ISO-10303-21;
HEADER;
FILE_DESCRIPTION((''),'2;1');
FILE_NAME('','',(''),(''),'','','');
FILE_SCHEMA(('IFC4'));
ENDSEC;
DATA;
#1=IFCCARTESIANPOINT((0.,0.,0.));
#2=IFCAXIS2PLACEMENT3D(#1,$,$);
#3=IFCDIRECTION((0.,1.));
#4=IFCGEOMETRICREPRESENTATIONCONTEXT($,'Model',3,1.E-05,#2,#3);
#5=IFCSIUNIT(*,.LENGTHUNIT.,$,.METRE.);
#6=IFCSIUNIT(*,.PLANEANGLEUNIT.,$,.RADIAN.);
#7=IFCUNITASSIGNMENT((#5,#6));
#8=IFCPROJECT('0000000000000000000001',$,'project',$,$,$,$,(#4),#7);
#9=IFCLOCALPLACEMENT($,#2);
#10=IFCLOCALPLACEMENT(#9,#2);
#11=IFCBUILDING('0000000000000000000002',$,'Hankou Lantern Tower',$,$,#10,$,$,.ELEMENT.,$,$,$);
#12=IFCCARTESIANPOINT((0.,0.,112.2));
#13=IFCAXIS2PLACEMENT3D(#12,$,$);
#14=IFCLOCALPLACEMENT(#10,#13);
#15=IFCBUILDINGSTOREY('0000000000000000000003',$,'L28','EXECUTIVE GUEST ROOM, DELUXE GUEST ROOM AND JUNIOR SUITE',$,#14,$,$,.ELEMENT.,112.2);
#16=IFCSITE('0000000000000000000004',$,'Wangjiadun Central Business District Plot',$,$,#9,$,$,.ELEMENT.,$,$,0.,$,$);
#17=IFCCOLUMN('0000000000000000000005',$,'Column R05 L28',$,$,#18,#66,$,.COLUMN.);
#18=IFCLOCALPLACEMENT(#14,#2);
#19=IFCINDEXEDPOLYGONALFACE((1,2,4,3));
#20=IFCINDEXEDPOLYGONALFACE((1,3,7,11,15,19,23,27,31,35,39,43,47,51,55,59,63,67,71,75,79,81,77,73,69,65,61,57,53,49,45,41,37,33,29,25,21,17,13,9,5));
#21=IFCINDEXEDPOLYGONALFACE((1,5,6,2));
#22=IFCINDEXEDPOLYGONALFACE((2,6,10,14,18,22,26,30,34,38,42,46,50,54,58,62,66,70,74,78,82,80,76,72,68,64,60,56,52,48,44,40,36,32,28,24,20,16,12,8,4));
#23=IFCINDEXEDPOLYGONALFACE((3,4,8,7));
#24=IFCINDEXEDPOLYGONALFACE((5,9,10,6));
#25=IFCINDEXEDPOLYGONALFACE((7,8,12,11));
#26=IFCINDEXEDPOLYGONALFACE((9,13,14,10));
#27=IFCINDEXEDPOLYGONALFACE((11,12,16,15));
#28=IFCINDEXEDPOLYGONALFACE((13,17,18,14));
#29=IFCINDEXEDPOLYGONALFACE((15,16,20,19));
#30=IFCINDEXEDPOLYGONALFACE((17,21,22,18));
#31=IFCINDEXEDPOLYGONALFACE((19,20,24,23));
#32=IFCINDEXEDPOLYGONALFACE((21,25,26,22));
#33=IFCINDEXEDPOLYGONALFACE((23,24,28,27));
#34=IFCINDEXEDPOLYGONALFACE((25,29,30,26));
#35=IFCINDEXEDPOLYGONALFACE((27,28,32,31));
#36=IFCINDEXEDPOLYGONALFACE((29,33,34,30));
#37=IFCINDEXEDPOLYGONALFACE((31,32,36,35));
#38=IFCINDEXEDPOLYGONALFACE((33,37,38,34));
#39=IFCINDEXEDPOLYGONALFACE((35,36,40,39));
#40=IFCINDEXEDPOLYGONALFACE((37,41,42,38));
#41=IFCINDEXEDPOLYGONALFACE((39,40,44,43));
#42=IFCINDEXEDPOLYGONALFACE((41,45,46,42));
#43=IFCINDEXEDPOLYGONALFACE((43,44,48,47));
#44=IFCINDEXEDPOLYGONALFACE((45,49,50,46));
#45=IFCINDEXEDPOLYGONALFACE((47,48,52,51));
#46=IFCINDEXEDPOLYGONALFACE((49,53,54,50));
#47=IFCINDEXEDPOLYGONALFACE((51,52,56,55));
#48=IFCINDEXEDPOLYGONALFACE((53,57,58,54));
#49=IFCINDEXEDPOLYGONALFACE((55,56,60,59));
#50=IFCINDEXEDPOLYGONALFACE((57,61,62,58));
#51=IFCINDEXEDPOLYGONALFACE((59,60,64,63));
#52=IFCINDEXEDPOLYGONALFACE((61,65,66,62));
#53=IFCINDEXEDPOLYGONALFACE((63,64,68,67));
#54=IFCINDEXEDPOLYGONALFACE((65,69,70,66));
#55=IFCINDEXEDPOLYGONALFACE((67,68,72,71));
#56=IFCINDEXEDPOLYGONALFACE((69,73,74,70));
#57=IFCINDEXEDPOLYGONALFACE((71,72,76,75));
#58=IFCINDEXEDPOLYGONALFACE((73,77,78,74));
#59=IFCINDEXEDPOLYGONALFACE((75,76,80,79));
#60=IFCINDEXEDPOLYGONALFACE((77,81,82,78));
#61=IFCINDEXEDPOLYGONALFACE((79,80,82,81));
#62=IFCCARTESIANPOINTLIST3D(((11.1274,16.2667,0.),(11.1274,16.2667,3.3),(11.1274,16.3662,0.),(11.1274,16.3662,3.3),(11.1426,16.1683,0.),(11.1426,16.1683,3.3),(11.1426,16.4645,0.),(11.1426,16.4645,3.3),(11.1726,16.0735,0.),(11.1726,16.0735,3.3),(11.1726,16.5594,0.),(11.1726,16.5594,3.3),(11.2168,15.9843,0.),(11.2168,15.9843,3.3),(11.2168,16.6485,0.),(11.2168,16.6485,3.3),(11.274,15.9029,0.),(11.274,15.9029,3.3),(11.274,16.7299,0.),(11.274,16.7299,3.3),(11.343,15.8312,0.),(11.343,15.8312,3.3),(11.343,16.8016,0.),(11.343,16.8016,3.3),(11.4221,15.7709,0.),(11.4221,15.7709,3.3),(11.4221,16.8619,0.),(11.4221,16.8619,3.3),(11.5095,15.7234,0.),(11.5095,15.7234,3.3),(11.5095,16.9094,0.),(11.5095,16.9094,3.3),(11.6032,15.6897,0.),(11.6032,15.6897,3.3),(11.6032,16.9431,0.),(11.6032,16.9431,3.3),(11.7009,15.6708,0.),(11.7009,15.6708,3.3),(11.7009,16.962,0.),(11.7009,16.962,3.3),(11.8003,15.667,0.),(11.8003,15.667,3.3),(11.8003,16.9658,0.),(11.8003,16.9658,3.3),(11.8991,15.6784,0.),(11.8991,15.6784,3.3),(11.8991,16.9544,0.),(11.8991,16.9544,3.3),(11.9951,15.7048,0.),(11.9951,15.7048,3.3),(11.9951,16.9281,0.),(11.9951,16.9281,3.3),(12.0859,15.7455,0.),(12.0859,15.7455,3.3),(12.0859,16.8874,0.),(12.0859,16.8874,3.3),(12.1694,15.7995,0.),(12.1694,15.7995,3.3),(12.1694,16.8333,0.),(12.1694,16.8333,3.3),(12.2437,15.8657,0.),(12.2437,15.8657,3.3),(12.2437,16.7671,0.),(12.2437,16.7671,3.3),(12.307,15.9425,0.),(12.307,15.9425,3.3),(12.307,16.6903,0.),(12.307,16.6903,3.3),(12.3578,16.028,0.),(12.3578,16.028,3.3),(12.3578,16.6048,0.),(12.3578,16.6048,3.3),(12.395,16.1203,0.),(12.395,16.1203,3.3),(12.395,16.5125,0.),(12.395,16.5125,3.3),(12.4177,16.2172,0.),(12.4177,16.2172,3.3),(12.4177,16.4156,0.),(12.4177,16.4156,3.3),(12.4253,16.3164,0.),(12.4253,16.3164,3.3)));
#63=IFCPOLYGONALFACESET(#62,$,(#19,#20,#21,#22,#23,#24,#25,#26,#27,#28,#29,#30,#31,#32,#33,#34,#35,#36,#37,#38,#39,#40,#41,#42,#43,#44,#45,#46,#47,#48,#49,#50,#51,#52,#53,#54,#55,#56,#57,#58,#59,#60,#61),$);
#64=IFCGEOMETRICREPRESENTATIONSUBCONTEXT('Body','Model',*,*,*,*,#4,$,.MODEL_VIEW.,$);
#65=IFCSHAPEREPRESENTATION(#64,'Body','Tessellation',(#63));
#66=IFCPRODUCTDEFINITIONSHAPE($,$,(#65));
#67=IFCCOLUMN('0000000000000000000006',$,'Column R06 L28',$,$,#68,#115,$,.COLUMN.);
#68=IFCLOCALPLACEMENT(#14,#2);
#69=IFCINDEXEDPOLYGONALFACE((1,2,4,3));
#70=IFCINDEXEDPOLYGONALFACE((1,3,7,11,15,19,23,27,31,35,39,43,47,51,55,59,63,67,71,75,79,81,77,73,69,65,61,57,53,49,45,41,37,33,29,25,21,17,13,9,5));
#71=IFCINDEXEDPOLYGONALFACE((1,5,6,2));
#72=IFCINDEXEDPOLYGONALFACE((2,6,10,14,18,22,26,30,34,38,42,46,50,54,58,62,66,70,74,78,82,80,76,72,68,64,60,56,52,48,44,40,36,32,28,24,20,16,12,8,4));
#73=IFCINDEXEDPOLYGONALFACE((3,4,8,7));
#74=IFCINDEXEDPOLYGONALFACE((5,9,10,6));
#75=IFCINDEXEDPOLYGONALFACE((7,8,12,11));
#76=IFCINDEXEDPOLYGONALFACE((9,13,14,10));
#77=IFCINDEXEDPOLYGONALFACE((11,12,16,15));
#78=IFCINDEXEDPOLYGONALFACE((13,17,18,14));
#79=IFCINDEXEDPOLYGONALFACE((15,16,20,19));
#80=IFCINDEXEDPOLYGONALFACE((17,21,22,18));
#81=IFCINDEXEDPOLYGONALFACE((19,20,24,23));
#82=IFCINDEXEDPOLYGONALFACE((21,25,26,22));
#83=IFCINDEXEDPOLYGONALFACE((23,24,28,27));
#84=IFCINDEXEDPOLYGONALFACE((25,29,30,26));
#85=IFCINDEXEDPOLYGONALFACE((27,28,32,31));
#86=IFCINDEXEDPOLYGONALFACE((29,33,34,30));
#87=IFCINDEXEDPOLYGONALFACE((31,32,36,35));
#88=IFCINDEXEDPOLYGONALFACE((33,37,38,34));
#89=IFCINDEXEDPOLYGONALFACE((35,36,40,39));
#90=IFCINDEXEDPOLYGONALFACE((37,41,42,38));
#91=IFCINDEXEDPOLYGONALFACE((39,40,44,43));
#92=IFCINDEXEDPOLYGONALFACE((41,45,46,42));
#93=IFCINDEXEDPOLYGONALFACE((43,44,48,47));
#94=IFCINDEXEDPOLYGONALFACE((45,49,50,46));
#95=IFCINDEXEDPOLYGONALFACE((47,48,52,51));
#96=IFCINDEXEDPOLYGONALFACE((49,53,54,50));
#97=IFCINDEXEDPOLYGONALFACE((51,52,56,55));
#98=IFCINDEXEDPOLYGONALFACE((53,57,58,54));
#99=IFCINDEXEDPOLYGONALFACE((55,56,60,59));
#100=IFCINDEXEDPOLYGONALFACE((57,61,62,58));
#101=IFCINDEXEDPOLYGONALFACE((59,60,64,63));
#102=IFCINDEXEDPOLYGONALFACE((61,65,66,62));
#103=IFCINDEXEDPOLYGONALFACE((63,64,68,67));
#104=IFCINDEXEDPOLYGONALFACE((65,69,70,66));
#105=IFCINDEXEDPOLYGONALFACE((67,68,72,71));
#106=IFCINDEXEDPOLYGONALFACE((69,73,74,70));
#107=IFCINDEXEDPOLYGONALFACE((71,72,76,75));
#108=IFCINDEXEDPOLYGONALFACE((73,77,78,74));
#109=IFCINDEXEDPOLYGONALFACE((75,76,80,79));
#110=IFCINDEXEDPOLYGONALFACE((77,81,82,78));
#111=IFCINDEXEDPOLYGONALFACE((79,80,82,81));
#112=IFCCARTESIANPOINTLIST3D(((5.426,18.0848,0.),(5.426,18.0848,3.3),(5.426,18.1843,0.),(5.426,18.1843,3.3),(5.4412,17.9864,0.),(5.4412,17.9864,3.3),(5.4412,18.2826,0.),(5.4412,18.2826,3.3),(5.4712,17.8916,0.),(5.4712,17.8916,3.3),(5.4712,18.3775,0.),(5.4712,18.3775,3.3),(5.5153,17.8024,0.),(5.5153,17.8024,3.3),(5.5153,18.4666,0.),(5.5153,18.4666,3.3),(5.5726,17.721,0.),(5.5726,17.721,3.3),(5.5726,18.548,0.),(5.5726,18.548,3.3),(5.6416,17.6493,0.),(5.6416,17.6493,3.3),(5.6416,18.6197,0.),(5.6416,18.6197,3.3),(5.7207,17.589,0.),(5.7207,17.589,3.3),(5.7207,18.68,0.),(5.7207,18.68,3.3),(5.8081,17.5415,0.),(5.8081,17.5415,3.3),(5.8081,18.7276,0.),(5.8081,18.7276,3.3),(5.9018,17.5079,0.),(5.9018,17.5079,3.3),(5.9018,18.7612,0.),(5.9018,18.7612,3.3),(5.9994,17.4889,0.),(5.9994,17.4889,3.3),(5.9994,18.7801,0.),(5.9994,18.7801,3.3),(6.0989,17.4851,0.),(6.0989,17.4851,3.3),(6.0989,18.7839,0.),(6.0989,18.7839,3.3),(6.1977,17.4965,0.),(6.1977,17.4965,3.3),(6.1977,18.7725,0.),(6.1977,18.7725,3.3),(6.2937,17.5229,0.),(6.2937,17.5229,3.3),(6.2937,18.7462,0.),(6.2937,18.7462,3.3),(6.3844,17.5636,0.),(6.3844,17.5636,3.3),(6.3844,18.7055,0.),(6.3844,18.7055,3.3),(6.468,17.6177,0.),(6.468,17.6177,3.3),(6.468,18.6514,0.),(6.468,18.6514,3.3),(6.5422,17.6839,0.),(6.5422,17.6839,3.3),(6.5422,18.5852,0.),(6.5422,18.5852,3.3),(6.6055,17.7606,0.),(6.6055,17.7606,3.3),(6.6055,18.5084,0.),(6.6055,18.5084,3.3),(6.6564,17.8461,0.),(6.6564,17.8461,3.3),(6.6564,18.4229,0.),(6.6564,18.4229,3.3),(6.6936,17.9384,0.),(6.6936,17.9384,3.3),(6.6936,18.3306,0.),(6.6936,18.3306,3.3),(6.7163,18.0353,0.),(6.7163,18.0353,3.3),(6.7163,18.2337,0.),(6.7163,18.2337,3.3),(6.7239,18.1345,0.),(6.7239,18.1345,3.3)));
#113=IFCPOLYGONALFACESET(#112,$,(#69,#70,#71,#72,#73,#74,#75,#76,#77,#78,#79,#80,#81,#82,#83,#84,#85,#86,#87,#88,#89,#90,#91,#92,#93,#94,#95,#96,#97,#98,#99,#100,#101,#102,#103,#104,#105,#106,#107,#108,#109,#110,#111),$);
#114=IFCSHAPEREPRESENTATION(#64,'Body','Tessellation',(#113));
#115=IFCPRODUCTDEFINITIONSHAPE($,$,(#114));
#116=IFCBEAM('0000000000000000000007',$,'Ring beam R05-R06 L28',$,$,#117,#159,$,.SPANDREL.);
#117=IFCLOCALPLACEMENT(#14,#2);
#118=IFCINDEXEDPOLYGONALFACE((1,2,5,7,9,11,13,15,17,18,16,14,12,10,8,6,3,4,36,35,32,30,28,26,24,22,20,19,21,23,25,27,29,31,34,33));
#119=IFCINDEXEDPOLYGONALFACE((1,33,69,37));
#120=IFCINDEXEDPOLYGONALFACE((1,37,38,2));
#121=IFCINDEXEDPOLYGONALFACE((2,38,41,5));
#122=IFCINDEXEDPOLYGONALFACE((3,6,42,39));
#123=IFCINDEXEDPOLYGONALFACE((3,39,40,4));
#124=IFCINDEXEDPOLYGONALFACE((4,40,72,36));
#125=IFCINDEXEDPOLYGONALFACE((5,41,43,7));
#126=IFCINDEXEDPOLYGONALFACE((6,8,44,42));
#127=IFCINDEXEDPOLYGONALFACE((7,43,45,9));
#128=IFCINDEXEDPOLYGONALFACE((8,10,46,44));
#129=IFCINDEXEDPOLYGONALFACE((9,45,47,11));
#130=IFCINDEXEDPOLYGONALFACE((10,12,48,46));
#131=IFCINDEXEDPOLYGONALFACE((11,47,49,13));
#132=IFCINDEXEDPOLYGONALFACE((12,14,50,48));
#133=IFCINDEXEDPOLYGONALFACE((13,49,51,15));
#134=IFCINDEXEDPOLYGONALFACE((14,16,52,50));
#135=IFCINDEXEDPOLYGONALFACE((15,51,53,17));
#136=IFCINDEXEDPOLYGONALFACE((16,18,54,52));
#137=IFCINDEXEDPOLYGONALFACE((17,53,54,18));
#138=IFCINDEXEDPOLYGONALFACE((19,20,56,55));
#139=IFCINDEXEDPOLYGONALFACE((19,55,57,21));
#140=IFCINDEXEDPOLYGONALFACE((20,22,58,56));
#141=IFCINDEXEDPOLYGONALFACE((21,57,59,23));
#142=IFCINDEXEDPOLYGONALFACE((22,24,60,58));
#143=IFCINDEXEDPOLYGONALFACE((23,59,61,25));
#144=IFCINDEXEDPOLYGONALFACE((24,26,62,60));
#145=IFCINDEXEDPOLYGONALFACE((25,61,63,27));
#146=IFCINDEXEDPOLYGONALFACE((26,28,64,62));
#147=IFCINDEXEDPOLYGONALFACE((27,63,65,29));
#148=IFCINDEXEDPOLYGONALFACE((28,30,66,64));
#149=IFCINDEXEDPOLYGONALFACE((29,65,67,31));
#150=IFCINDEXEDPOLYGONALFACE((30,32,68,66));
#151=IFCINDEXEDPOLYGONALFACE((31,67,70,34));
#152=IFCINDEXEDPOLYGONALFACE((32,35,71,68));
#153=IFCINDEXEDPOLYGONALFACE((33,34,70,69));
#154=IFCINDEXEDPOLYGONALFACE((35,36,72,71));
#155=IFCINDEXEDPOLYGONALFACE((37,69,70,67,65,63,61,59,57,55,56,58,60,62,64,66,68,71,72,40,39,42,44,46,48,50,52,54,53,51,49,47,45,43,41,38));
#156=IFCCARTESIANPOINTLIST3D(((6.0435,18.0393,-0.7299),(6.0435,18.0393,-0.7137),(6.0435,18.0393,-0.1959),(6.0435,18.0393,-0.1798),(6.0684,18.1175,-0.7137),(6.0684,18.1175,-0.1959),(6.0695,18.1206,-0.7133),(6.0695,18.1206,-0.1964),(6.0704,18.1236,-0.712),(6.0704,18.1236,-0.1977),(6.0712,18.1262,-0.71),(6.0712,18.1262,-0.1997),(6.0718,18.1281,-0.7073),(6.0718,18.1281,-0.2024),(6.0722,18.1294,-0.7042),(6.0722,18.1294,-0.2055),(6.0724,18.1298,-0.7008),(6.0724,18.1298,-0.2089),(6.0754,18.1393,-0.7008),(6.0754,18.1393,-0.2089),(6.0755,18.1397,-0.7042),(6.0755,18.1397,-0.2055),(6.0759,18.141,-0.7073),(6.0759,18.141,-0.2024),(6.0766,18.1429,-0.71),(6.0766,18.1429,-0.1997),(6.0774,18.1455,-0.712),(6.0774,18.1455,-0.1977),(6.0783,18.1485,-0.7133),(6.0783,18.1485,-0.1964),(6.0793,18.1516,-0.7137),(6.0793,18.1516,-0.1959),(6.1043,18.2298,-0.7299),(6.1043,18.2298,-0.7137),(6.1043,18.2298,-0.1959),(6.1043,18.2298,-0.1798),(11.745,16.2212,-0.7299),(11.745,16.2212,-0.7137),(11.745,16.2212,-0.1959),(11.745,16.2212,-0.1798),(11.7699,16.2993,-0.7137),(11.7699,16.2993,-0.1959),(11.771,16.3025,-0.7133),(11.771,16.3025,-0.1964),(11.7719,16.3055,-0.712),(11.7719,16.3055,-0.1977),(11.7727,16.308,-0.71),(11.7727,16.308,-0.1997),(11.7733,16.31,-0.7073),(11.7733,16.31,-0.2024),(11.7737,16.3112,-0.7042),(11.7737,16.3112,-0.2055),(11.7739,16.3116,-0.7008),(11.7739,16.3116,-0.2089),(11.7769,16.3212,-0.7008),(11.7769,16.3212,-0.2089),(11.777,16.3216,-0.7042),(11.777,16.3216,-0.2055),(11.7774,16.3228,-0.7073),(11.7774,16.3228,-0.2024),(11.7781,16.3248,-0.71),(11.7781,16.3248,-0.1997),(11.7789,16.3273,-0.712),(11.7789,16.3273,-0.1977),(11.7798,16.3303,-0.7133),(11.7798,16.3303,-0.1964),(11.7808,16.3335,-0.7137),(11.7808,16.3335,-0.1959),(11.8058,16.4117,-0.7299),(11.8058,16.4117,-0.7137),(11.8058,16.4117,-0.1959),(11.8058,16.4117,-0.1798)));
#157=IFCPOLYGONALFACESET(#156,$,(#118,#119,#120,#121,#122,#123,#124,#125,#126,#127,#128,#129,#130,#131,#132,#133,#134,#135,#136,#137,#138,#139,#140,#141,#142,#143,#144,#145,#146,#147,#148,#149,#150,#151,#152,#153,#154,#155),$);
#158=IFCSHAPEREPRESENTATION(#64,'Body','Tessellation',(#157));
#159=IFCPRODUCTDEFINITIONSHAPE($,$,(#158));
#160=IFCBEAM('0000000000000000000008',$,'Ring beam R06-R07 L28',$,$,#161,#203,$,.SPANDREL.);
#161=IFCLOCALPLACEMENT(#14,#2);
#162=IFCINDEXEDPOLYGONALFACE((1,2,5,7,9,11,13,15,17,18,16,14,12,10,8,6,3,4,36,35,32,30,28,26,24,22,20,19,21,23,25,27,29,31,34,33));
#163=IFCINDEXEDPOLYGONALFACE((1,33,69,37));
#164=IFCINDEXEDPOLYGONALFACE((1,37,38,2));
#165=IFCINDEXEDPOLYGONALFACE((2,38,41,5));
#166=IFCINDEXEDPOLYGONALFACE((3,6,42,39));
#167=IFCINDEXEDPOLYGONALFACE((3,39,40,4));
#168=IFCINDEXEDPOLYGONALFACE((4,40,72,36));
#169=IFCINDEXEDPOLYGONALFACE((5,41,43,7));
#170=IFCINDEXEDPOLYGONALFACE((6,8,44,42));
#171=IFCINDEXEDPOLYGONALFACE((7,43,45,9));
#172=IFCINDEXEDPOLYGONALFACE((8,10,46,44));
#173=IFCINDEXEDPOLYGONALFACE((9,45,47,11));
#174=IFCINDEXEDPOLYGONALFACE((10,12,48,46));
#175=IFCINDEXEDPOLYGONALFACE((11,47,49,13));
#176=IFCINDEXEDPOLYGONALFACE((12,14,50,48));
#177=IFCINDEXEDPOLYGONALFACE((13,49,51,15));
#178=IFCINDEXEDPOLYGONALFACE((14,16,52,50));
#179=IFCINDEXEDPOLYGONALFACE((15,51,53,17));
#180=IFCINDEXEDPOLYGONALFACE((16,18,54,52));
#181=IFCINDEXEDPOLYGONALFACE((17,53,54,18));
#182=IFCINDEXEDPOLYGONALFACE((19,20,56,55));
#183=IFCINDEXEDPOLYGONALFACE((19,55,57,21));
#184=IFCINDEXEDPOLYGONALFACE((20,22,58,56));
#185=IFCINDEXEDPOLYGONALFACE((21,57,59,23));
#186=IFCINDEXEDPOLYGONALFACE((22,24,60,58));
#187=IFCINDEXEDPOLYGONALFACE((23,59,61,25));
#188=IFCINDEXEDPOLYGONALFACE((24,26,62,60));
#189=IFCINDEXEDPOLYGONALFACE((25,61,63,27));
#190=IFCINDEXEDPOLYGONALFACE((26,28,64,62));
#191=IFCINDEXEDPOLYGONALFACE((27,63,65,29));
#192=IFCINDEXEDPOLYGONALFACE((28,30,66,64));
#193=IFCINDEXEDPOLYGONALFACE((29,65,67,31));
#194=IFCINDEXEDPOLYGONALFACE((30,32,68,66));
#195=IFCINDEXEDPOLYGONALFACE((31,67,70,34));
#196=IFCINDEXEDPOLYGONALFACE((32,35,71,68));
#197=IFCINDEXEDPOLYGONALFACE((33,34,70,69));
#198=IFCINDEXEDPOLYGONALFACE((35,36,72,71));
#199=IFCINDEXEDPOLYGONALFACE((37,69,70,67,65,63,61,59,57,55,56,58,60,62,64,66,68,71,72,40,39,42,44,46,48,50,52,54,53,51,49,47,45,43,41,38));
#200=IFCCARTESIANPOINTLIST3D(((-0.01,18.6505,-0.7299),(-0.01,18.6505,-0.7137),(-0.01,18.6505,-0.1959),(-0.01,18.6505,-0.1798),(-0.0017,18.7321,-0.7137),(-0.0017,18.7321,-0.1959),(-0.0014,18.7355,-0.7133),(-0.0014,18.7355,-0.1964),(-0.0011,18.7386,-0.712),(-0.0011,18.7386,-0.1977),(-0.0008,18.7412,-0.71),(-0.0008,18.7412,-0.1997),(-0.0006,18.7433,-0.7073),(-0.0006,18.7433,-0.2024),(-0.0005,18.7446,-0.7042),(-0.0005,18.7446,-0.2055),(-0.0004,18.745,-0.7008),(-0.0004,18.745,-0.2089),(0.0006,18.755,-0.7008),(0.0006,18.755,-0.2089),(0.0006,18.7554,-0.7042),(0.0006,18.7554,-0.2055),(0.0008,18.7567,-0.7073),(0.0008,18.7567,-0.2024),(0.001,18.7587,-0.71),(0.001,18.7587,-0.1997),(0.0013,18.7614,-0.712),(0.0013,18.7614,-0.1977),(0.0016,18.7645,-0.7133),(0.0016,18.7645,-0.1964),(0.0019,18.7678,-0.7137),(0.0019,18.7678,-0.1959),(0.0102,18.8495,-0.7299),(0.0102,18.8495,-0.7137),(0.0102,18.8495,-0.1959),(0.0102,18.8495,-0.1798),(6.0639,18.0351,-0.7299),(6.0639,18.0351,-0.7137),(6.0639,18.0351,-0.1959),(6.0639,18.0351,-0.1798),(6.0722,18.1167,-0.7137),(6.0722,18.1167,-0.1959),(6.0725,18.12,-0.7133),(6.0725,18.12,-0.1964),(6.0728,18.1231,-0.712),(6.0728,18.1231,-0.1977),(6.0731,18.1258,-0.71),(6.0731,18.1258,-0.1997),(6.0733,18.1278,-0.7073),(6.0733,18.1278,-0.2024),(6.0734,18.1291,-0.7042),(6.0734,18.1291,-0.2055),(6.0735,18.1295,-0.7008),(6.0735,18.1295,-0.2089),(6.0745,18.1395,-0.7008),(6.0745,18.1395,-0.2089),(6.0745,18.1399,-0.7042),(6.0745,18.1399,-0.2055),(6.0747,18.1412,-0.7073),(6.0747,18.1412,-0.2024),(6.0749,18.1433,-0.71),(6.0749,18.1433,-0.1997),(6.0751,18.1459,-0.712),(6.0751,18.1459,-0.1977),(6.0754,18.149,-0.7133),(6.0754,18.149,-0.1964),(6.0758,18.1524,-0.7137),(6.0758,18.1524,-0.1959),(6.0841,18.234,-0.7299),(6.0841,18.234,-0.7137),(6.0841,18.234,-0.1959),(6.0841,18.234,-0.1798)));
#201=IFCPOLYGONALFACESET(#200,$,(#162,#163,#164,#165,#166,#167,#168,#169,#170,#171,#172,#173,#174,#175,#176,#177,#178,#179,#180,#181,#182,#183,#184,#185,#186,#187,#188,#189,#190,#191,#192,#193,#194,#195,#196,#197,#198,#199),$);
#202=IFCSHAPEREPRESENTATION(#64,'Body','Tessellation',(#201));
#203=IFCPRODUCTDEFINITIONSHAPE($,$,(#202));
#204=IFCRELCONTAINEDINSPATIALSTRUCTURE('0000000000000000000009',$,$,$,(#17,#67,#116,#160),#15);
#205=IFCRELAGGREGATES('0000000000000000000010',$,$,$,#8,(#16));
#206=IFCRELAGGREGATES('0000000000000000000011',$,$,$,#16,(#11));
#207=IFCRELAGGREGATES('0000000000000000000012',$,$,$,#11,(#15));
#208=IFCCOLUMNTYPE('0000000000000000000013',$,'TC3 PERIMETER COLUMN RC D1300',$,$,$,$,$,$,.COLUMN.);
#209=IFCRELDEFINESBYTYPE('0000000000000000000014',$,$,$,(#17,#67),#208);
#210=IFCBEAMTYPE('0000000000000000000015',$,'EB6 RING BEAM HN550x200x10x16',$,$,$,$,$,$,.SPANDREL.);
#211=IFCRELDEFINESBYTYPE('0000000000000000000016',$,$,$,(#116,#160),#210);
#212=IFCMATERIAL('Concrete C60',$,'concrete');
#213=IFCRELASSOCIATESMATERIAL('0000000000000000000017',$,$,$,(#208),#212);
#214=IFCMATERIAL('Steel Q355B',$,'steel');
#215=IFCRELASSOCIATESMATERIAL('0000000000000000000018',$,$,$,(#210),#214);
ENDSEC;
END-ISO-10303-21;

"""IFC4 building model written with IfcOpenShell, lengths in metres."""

from ifc_helpers import new_model, si_unit, direction, frame, origin, origin_2d, place, context, subcontext, project, spatial, circle, i_section, extrude, material, material_profile, profile_set, type_object, element, save


model = new_model("IFC4")

# Units and contexts
model_context = context("Model", 3, precision=1e-05, world=origin(), true_north=direction((0.0, 1.0)))
body_context = subcontext(model_context, "Body", "Model", "MODEL_VIEW")
ifc_project = project(units=[si_unit("LENGTHUNIT", "METRE"), si_unit("PLANEANGLEUNIT", "RADIAN")], contexts=[model_context])

# Site, building, storey
site_placement = place(None, origin())
site = spatial("IfcSite", under=ifc_project, at=site_placement, Name="Wangjiadun Central Business District Plot", CompositionType="ELEMENT", RefElevation=0.0)
building_placement = place(site_placement, origin())
building = spatial("IfcBuilding", under=site, at=building_placement, Name="Hankou Lantern Tower", CompositionType="ELEMENT")
storey_placement = place(building_placement, frame((0.0, 0.0, 112.2)))
storey = spatial("IfcBuildingStorey", under=building, at=storey_placement, Name="L28", Description="EXECUTIVE GUEST ROOM, DELUXE GUEST ROOM AND JUNIOR SUITE", CompositionType="ELEMENT", Elevation=112.2)

# Columns
ifc_material_1 = material(Name="Concrete C60", Category="concrete")
ifc_material_profile_1 = material_profile(ifc_material_1, circle(Radius=0.6499, at=origin_2d()), Name="RC D1300")
ifc_profile_set_1 = profile_set([ifc_material_profile_1], Name="Concrete C60")
column_type = type_object("IfcColumnType", Name="TC3 PERIMETER COLUMN RC D1300", PredefinedType="COLUMN", material=ifc_profile_set_1)
for number, where, z_axis, x_axis, name in (
    (1, (11.7754, 16.3164, 0.0), (0.0, 0.0, 1.0), (1.0, 0.0, 0.0), "Column R05 L28"),
    (2, (6.074, 18.1345, 0.0), (0.0, 0.0, 1.0), (1.0, 0.0, 0.0), "Column R06 L28"),
):
    element("IfcColumn", number, at=place(storey_placement, frame(where, z_axis=z_axis, x_axis=x_axis)), inside=storey, type_object=column_type, Name=name, PredefinedType="COLUMN", context=body_context, shape_type="SweptSolid", body=[
        extrude(circle(Radius=0.6499, at=origin_2d()), origin(), (0.0, 0.0, 1.0), 3.3),
    ])

# Beams
ifc_material_2 = material(Name="Steel Q355B", Category="steel")
ifc_material_profile_2 = material_profile(ifc_material_2, i_section(OverallWidth=0.2, OverallDepth=0.55, WebThickness=0.01, FlangeThickness=0.0161, FilletRadius=0.0129, at=origin_2d()), Name="HN550x200x10x16")
ifc_profile_set_2 = profile_set([ifc_material_profile_2], Name="Steel Q355B")
beam_type_1 = type_object("IfcBeamType", Name="EB6 RING BEAM HN550x200x10x16", PredefinedType="SPANDREL", material=ifc_profile_set_2)
beam_1_placement = place(storey_placement, frame((11.7754, 16.3164, -0.4548), z_axis=(-0.952731, 0.303815, 0.0), x_axis=(-0.303815, -0.952731, 0.0)))
element("IfcBeam", 3, at=beam_1_placement, inside=storey, type_object=beam_type_1, Name="Ring beam R05-R06 L28", PredefinedType="SPANDREL", context=body_context, shape_type="SweptSolid", body=[
    extrude(i_section(OverallWidth=0.2, OverallDepth=0.55, WebThickness=0.01, FlangeThickness=0.0161, FilletRadius=0.0129, at=origin_2d()), origin(), (0.0, 0.0, 1.0), 5.9844),
])
for number, where, z_axis, x_axis, name in (
    (4, (6.074, 18.1345, -0.4548), (-0.994905, 0.100814, 0.0), (-0.100814, -0.994905, 0.0), "Ring beam R06-R07 L28"),
):
    element("IfcBeam", number, at=place(storey_placement, frame(where, z_axis=z_axis, x_axis=x_axis)), inside=storey, type_object=beam_type_1, Name=name, PredefinedType="SPANDREL", context=body_context, shape_type="SweptSolid", body=[
        extrude(i_section(OverallWidth=0.2, OverallDepth=0.55, WebThickness=0.01, FlangeThickness=0.0161, FilletRadius=0.0129, at=origin_2d()), origin(), (0.0, 0.0, 1.0), 6.105),
    ])

save(model, "model.ifc")
